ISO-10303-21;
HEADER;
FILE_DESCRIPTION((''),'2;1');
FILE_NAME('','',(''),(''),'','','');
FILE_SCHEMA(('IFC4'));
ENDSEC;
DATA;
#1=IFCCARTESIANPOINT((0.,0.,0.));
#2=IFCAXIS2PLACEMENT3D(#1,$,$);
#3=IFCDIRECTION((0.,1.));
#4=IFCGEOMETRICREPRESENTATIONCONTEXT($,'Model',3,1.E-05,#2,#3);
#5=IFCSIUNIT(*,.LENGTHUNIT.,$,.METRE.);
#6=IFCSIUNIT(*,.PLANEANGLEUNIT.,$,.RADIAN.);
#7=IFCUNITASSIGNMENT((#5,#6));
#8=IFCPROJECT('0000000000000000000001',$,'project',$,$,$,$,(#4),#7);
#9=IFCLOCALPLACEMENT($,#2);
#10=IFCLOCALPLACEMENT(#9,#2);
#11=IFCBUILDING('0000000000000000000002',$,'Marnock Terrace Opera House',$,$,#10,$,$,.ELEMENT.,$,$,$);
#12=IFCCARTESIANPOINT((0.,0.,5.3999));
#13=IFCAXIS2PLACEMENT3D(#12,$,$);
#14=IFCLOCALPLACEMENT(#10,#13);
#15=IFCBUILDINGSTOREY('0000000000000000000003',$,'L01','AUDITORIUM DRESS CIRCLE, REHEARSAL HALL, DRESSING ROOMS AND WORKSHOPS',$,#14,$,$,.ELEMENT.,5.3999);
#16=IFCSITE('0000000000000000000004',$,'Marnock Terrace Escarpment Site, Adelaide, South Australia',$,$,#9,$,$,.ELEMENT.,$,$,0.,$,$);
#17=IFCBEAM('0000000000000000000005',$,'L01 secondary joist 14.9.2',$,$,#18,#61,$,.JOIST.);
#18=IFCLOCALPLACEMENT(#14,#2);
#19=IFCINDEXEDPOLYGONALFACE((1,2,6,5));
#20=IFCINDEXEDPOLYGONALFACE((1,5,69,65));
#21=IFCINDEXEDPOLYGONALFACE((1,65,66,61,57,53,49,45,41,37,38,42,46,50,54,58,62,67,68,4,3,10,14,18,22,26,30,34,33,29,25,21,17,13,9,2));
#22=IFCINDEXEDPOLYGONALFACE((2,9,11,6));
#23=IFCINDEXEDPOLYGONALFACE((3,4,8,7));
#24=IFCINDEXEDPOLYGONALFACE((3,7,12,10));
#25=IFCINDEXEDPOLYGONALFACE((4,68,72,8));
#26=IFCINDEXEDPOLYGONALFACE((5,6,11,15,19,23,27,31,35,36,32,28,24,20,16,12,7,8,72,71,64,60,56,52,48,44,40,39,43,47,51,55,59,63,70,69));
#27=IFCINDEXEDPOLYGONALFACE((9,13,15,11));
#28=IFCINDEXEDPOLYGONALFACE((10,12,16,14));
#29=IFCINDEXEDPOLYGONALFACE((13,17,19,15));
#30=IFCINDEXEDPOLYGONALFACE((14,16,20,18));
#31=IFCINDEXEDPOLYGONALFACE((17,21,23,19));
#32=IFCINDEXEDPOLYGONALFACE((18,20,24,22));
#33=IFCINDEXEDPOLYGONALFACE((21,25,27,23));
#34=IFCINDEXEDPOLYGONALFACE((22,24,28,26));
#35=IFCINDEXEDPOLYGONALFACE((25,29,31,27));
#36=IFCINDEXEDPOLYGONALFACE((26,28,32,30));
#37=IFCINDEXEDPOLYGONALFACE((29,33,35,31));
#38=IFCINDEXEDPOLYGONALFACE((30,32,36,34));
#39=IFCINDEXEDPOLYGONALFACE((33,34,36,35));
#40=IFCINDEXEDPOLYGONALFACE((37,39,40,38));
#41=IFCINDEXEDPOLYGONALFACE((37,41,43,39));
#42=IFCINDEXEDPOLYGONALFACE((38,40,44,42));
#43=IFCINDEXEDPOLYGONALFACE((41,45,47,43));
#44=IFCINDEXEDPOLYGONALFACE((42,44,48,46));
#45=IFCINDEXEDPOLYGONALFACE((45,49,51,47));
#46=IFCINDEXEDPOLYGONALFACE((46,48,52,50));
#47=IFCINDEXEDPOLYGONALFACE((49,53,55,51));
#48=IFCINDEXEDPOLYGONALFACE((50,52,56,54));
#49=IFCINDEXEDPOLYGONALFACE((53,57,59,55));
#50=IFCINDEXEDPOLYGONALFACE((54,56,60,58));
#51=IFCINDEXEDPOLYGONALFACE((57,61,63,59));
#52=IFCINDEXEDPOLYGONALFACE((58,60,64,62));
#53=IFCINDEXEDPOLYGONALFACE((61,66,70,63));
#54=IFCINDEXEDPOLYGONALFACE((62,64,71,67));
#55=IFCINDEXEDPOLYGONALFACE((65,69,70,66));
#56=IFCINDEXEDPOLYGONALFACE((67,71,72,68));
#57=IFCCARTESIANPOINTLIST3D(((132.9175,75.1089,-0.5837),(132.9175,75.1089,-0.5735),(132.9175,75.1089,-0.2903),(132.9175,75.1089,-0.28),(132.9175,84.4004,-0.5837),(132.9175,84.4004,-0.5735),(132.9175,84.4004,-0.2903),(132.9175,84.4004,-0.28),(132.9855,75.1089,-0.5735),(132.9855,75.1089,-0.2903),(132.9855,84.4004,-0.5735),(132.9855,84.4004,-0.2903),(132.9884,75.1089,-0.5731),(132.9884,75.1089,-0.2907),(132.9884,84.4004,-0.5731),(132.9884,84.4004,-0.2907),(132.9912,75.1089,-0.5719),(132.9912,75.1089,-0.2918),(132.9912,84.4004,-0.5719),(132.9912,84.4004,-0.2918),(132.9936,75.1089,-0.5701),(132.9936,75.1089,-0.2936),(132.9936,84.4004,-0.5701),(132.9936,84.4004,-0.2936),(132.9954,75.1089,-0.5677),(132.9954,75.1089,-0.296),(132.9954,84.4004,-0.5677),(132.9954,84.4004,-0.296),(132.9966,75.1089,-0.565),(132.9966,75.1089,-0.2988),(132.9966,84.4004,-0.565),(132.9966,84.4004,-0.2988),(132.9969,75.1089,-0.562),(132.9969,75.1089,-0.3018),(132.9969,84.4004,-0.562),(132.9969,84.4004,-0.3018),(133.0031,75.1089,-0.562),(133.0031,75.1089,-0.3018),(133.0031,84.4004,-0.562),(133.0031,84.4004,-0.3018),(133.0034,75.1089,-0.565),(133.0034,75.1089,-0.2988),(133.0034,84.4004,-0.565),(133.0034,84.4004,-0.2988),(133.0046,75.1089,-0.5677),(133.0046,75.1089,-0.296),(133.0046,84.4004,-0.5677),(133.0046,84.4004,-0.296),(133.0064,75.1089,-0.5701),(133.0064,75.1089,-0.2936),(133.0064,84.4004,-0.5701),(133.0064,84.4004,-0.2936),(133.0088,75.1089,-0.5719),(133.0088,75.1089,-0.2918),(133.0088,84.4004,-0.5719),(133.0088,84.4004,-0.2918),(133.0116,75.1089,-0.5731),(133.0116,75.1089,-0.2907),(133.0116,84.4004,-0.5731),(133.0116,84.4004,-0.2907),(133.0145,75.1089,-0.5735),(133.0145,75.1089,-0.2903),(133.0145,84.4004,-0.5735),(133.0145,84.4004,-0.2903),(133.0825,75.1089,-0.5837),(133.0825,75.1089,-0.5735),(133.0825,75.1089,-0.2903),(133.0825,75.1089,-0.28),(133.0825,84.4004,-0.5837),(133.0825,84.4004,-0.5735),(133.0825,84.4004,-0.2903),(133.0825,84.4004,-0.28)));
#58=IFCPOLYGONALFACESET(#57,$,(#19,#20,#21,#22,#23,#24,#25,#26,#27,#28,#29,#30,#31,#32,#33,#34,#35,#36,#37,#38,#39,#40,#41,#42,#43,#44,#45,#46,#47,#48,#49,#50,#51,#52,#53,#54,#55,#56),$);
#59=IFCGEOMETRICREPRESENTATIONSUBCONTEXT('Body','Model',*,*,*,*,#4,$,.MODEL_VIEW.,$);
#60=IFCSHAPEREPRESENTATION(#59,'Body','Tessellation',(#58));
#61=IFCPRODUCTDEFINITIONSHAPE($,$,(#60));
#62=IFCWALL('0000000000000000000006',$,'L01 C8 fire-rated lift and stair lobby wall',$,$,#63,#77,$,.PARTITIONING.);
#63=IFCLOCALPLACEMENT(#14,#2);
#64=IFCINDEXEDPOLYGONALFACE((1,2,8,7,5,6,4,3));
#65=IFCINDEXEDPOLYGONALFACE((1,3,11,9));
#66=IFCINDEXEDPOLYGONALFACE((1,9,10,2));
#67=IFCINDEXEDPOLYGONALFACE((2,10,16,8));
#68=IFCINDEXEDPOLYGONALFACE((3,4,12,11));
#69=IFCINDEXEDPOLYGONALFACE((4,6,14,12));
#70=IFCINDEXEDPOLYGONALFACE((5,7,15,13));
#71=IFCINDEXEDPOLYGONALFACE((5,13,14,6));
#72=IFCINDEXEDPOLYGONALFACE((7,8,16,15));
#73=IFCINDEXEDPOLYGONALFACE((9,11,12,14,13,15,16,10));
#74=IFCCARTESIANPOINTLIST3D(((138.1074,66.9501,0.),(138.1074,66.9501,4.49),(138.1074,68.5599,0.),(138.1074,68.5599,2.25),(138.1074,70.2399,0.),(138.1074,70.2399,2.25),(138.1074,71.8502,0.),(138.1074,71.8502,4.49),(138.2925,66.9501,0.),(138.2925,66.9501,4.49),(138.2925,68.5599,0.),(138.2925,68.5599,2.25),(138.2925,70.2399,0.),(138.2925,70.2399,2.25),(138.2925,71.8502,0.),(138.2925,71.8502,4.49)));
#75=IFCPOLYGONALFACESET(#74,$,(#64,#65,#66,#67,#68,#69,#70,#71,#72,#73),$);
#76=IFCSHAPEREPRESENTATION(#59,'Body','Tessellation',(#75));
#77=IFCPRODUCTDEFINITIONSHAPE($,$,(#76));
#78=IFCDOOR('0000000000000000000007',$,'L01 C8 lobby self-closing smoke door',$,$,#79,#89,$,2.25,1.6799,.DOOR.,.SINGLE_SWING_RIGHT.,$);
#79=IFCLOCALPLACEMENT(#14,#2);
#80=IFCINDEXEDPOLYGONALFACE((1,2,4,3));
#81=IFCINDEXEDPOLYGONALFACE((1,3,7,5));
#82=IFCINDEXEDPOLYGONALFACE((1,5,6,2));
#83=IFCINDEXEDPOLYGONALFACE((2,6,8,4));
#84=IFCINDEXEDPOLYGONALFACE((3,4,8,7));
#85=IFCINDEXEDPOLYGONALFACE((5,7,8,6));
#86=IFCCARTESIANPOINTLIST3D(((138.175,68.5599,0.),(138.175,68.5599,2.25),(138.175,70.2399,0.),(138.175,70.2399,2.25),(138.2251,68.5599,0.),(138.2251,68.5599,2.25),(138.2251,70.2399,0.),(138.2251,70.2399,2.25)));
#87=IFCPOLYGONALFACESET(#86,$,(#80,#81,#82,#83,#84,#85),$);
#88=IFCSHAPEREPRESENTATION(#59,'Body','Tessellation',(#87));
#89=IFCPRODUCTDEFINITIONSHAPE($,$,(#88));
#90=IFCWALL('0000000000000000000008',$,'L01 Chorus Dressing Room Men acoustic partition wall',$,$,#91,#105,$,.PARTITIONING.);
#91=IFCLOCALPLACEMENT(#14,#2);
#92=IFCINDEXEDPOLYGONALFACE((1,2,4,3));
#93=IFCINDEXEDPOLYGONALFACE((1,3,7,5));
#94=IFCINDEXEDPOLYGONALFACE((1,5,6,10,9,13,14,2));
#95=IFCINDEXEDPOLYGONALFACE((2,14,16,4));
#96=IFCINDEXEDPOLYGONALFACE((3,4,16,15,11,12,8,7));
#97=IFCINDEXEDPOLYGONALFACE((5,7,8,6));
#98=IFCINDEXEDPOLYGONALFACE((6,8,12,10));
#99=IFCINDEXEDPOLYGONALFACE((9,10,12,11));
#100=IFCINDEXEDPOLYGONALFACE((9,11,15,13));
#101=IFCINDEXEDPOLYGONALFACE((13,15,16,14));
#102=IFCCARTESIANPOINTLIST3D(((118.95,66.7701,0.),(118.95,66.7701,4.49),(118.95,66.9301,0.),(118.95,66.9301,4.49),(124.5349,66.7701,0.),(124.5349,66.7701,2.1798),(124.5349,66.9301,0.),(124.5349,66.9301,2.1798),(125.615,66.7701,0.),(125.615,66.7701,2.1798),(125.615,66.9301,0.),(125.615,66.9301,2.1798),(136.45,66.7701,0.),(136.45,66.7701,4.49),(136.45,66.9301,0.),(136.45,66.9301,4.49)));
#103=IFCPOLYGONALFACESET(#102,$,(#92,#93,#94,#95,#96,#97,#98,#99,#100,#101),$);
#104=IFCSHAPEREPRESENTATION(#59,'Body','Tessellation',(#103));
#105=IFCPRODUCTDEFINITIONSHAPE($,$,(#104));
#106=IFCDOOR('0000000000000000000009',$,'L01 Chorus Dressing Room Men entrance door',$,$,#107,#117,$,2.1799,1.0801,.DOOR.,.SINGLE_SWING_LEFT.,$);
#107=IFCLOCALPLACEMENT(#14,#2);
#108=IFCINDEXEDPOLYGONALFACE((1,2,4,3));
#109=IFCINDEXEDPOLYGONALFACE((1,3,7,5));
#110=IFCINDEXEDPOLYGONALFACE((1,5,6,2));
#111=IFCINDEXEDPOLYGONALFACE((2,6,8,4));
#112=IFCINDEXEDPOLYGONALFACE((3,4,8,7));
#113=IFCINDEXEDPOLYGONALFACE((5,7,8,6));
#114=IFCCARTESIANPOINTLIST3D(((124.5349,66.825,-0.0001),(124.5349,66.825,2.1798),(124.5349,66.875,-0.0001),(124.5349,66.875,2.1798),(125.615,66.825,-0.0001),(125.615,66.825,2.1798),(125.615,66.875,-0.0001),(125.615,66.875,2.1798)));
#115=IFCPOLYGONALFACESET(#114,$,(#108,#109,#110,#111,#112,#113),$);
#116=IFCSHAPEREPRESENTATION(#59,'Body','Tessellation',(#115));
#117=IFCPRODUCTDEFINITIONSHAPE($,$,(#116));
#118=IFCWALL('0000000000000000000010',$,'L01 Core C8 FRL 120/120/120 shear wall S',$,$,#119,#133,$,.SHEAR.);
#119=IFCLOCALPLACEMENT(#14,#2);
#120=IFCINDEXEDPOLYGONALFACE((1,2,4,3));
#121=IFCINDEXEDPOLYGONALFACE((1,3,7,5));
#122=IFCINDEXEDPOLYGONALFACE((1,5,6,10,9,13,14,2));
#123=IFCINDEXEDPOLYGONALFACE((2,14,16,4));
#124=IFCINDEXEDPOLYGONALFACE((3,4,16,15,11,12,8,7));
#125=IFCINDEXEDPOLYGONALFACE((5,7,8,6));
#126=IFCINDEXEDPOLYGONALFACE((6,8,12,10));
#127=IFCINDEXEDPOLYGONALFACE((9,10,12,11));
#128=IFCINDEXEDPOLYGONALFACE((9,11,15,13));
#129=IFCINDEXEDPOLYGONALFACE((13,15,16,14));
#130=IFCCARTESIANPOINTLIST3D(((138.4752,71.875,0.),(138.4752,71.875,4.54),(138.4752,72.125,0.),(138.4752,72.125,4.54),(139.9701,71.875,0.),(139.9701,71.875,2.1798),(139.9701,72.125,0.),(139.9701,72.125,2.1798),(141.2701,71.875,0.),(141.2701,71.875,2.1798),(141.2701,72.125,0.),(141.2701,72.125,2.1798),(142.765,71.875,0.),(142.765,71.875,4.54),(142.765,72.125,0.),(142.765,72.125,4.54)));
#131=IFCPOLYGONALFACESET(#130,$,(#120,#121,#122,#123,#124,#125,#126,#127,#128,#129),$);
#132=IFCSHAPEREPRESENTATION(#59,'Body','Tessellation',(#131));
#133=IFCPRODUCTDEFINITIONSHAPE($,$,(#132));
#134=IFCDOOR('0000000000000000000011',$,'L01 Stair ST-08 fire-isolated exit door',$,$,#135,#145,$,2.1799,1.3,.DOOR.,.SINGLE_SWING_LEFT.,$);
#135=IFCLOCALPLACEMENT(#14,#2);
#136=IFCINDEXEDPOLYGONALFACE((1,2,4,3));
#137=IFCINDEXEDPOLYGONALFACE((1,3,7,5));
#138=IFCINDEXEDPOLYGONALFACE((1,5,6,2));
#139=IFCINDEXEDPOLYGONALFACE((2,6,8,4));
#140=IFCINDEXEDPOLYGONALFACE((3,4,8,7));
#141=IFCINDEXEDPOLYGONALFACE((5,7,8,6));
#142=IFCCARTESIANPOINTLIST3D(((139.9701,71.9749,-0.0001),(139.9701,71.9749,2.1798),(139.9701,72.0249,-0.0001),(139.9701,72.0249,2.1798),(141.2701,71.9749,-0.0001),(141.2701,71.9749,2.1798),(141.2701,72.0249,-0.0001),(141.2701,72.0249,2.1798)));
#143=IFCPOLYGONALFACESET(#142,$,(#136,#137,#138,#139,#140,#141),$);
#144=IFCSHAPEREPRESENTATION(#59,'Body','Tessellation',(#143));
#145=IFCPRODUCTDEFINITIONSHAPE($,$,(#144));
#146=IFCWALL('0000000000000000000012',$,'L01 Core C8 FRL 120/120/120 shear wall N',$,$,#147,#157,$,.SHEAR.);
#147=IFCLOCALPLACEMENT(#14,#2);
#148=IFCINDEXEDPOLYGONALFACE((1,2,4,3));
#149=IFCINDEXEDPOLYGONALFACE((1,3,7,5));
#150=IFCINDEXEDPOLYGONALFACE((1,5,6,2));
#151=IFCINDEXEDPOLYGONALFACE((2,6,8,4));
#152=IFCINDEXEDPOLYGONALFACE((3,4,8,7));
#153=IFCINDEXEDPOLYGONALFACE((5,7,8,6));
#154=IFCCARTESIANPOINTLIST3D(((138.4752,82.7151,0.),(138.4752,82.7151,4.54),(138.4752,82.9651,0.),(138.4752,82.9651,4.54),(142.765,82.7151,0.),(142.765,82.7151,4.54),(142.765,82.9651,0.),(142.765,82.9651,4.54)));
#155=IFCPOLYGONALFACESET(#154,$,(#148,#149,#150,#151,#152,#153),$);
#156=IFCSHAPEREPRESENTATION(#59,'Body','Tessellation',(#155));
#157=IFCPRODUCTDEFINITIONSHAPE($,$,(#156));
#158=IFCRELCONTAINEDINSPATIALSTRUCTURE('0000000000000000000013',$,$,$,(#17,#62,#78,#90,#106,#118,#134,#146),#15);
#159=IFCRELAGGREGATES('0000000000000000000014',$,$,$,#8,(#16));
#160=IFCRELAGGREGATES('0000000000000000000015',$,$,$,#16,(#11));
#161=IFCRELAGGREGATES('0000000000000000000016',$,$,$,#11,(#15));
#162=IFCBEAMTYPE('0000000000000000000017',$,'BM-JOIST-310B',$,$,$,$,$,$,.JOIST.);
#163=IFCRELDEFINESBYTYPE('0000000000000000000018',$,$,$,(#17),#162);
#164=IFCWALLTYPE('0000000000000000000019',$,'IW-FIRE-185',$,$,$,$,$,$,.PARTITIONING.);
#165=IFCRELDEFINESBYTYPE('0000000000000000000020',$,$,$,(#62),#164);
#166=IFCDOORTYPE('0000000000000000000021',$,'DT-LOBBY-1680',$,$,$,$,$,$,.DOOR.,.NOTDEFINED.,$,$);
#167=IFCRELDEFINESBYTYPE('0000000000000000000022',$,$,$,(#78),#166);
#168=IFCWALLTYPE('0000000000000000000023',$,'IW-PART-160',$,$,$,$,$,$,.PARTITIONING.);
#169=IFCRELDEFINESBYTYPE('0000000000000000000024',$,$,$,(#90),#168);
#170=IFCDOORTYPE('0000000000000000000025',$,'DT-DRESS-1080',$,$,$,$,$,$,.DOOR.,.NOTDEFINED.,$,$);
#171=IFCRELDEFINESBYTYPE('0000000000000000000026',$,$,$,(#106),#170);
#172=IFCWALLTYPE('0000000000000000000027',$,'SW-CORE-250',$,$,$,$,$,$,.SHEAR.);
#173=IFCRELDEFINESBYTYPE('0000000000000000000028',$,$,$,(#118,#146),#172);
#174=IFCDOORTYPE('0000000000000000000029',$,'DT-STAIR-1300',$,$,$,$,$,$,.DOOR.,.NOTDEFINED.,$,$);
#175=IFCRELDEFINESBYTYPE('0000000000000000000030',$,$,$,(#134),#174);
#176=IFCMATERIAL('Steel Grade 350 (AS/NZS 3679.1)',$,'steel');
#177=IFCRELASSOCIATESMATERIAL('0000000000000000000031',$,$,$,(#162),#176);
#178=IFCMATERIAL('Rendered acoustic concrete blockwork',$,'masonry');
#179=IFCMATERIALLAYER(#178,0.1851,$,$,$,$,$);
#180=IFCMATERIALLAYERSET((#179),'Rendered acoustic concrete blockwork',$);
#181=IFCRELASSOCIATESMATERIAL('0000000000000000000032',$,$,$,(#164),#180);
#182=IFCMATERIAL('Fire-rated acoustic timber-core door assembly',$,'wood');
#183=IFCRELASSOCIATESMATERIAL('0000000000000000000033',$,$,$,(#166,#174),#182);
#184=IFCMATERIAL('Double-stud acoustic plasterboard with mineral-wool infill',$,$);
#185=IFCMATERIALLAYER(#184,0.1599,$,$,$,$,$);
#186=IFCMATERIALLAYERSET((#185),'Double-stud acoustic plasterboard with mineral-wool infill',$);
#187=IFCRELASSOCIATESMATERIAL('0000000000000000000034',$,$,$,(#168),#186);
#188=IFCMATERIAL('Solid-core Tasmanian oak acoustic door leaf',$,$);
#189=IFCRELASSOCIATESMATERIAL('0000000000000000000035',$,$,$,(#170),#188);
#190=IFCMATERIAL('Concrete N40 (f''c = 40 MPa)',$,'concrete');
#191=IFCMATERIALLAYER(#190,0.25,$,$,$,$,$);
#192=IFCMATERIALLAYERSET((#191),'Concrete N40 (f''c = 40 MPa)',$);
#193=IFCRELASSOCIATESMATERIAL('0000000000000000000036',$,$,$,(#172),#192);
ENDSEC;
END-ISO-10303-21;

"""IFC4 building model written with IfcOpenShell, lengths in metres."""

from ifc_helpers import new_model, si_unit, direction, frame, frame_2d, origin, origin_2d, place, context, subcontext, project, spatial, rectangle, i_section, extrude, material, layer, layer_set, material_profile, profile_set, type_object, element, fill, save


model = new_model("IFC4")

# Units and contexts
model_context = context("Model", 3, precision=1e-05, world=origin(), true_north=direction((0.0, 1.0)))
body_context = subcontext(model_context, "Body", "Model", "MODEL_VIEW")
ifc_project = project(units=[si_unit("LENGTHUNIT", "METRE"), si_unit("PLANEANGLEUNIT", "RADIAN")], contexts=[model_context])

# Site, building, storey
site_placement = place(None, origin())
site = spatial("IfcSite", under=ifc_project, at=site_placement, Name="Marnock Terrace Escarpment Site, Adelaide, South Australia", CompositionType="ELEMENT", RefElevation=0.0)
building_placement = place(site_placement, origin())
building = spatial("IfcBuilding", under=site, at=building_placement, Name="Marnock Terrace Opera House", CompositionType="ELEMENT")
storey_placement = place(building_placement, frame((0.0, 0.0, 5.3999)))
storey = spatial("IfcBuildingStorey", under=building, at=storey_placement, Name="L01", Description="AUDITORIUM DRESS CIRCLE, REHEARSAL HALL, DRESSING ROOMS AND WORKSHOPS", CompositionType="ELEMENT", Elevation=5.3999)

# Shared definitions
ifc_material_1 = material(Name="Concrete N40 (f'c = 40 MPa)", Category="concrete")

# Beam
ifc_material_2 = material(Name="Steel Grade 350 (AS/NZS 3679.1)", Category="steel")
ifc_material_profile_1 = material_profile(ifc_material_2, i_section(OverallWidth=0.165, OverallDepth=0.3037, WebThickness=0.0061, FlangeThickness=0.0103, FilletRadius=0.0115, at=origin_2d()))
ifc_profile_set_1 = profile_set([ifc_material_profile_1], Name="Steel Grade 350 (AS/NZS 3679.1)")
beam_type_1 = type_object("IfcBeamType", Name="BM-JOIST-310B", PredefinedType="JOIST", material=ifc_profile_set_1)
for number, where, z_axis, x_axis, name in (
    (1, (133.0, 75.1089, -0.4319), (0.0, 1.0, 0.0), (-1.0, 0.0, 0.0), "L01 secondary joist 14.9.2"),
):
    element("IfcBeam", number, at=place(storey_placement, frame(where, z_axis=z_axis, x_axis=x_axis)), inside=storey, type_object=beam_type_1, Name=name, PredefinedType="JOIST", context=body_context, shape_type="SweptSolid", body=[
        extrude(i_section(OverallWidth=0.165, OverallDepth=0.3037, WebThickness=0.0061, FlangeThickness=0.0103, FilletRadius=0.0115, at=origin_2d()), origin(), (0.0, 0.0, 1.0), 9.2915),
    ])

# Walls, openings, doors
ifc_material_3 = material(Name="Rendered acoustic concrete blockwork", Category="masonry")
ifc_layer_1 = layer(ifc_material_3, 0.1851)
ifc_layer_set_1 = layer_set([ifc_layer_1], Name="Rendered acoustic concrete blockwork")
wall_type_1 = type_object("IfcWallType", Name="IW-FIRE-185", PredefinedType="PARTITIONING", material=ifc_layer_set_1)
wall_1_placement = place(storey_placement, frame((138.2, 66.95, 0.0), z_axis=(0.0, 0.0, 1.0), x_axis=(0.0, 1.0, 0.0)))
wall_1 = element("IfcWall", 2, at=wall_1_placement, inside=storey, type_object=wall_type_1, Name="L01 C8 fire-rated lift and stair lobby wall", PredefinedType="PARTITIONING", context=body_context, shape_type="SweptSolid", body=[
    extrude(rectangle(XDim=4.9001, YDim=0.1851, at=frame_2d((2.4502, 0.0))), origin(), (0.0, 0.0, 1.0), 4.49),
])
opening_1_placement = place(wall_1_placement, frame((1.6101, 0.0, 0.0)))
opening_1 = element("IfcOpeningElement", 3, at=opening_1_placement, cuts=wall_1, PredefinedType="OPENING", context=body_context, shape_type="SweptSolid", body=[
    extrude(rectangle(XDim=1.6799, YDim=2.25, at=frame_2d((0.8398, 1.125))), frame((0.0, 0.1025, 0.0), z_axis=(0.0, -1.0, 0.0), x_axis=(1.0, 0.0, 0.0)), (0.0, 0.0, 1.0), 0.2051),
])
ifc_material_4 = material(Name="Fire-rated acoustic timber-core door assembly", Category="wood")
door_type_1 = type_object("IfcDoorType", Name="DT-LOBBY-1680", OperationType="NOTDEFINED", PredefinedType="DOOR", material=ifc_material_4)
door_1_placement = place(opening_1_placement, origin())
door_1 = element("IfcDoor", 4, at=door_1_placement, inside=storey, type_object=door_type_1, Name="L01 C8 lobby self-closing smoke door", OperationType="SINGLE_SWING_RIGHT", OverallHeight=2.25, OverallWidth=1.6799, PredefinedType="DOOR", context=body_context, shape_type="SweptSolid", body=[
    extrude(rectangle(XDim=1.6799, YDim=2.25, at=frame_2d((0.8398, 1.125))), frame((0.0, 0.0249, 0.0), z_axis=(0.0, -1.0, 0.0), x_axis=(1.0, 0.0, 0.0)), (0.0, 0.0, 1.0), 0.05),
])
fill(opening_1, door_1)
ifc_material_5 = material(Name="Double-stud acoustic plasterboard with mineral-wool infill")
ifc_layer_2 = layer(ifc_material_5, 0.1599)
ifc_layer_set_2 = layer_set([ifc_layer_2], Name="Double-stud acoustic plasterboard with mineral-wool infill")
wall_type_2 = type_object("IfcWallType", Name="IW-PART-160", PredefinedType="PARTITIONING", material=ifc_layer_set_2)
wall_2_placement = place(storey_placement, frame((118.95, 66.8501, 0.0), z_axis=(0.0, 0.0, 1.0), x_axis=(1.0, 0.0, 0.0)))
wall_2 = element("IfcWall", 5, at=wall_2_placement, inside=storey, type_object=wall_type_2, Name="L01 Chorus Dressing Room Men acoustic partition wall", PredefinedType="PARTITIONING", context=body_context, shape_type="SweptSolid", body=[
    extrude(rectangle(XDim=17.5, YDim=0.1599, at=frame_2d((8.75, 0.0))), origin(), (0.0, 0.0, 1.0), 4.49),
])
opening_2_placement = place(wall_2_placement, frame((5.585, 0.0, 0.0)))
opening_2 = element("IfcOpeningElement", 6, at=opening_2_placement, cuts=wall_2, PredefinedType="OPENING", context=body_context, shape_type="SweptSolid", body=[
    extrude(rectangle(XDim=1.0801, YDim=2.1799, at=frame_2d((0.54, 1.0898))), frame((0.0, 0.0898, 0.0), z_axis=(0.0, -1.0, 0.0), x_axis=(1.0, 0.0, 0.0)), (0.0, 0.0, 1.0), 0.1799),
])
ifc_material_6 = material(Name="Solid-core Tasmanian oak acoustic door leaf")
door_type_2 = type_object("IfcDoorType", Name="DT-DRESS-1080", OperationType="NOTDEFINED", PredefinedType="DOOR", material=ifc_material_6)
door_2_placement = place(opening_2_placement, origin())
door_2 = element("IfcDoor", 7, at=door_2_placement, inside=storey, type_object=door_type_2, Name="L01 Chorus Dressing Room Men entrance door", OperationType="SINGLE_SWING_LEFT", OverallHeight=2.1799, OverallWidth=1.0801, PredefinedType="DOOR", context=body_context, shape_type="SweptSolid", body=[
    extrude(rectangle(XDim=1.0801, YDim=2.1799, at=frame_2d((0.54, 1.0898))), frame((0.0, 0.0249, 0.0), z_axis=(0.0, -1.0, 0.0), x_axis=(1.0, 0.0, 0.0)), (0.0, 0.0, 1.0), 0.05),
])
fill(opening_2, door_2)
ifc_layer_3 = layer(ifc_material_1, 0.25)
ifc_layer_set_3 = layer_set([ifc_layer_3], Name="Concrete N40 (f'c = 40 MPa)")
wall_type_3 = type_object("IfcWallType", Name="SW-CORE-250", PredefinedType="SHEAR", material=ifc_layer_set_3)
wall_3_placement = place(storey_placement, frame((138.4751, 72.0, 0.0), z_axis=(0.0, 0.0, 1.0), x_axis=(1.0, 0.0, 0.0)))
wall_3 = element("IfcWall", 8, at=wall_3_placement, inside=storey, type_object=wall_type_3, Name="L01 Core C8 FRL 120/120/120 shear wall S", PredefinedType="SHEAR", context=body_context, shape_type="SweptSolid", body=[
    extrude(rectangle(XDim=4.2898, YDim=0.25, at=frame_2d((2.145, 0.0))), origin(), (0.0, 0.0, 1.0), 4.54),
])
opening_3_placement = place(wall_3_placement, frame((1.4951, 0.0, 0.0)))
opening_3 = element("IfcOpeningElement", 9, at=opening_3_placement, cuts=wall_3, PredefinedType="OPENING", context=body_context, shape_type="SweptSolid", body=[
    extrude(rectangle(XDim=1.3, YDim=2.1799, at=frame_2d((0.6499, 1.0898))), frame((0.0, 0.135, 0.0), z_axis=(0.0, -1.0, 0.0), x_axis=(1.0, 0.0, 0.0)), (0.0, 0.0, 1.0), 0.27),
])
door_type_3 = type_object("IfcDoorType", Name="DT-STAIR-1300", OperationType="NOTDEFINED", PredefinedType="DOOR", material=ifc_material_4)
door_3_placement = place(opening_3_placement, origin())
door_3 = element("IfcDoor", 10, at=door_3_placement, inside=storey, type_object=door_type_3, Name="L01 Stair ST-08 fire-isolated exit door", OperationType="SINGLE_SWING_LEFT", OverallHeight=2.1799, OverallWidth=1.3, PredefinedType="DOOR", context=body_context, shape_type="SweptSolid", body=[
    extrude(rectangle(XDim=1.3, YDim=2.1799, at=frame_2d((0.6499, 1.0898))), frame((0.0, 0.0249, 0.0), z_axis=(0.0, -1.0, 0.0), x_axis=(1.0, 0.0, 0.0)), (0.0, 0.0, 1.0), 0.05),
])
fill(opening_3, door_3)

# Wall
wall_4_placement = place(storey_placement, frame((138.4751, 82.8401, 0.0), z_axis=(0.0, 0.0, 1.0), x_axis=(1.0, 0.0, 0.0)))
element("IfcWall", 11, at=wall_4_placement, inside=storey, type_object=wall_type_3, Name="L01 Core C8 FRL 120/120/120 shear wall N", PredefinedType="SHEAR", context=body_context, shape_type="SweptSolid", body=[
    extrude(rectangle(XDim=4.2898, YDim=0.25, at=frame_2d((2.145, 0.0))), origin(), (0.0, 0.0, 1.0), 4.54),
])

save(model, "model.ifc")
